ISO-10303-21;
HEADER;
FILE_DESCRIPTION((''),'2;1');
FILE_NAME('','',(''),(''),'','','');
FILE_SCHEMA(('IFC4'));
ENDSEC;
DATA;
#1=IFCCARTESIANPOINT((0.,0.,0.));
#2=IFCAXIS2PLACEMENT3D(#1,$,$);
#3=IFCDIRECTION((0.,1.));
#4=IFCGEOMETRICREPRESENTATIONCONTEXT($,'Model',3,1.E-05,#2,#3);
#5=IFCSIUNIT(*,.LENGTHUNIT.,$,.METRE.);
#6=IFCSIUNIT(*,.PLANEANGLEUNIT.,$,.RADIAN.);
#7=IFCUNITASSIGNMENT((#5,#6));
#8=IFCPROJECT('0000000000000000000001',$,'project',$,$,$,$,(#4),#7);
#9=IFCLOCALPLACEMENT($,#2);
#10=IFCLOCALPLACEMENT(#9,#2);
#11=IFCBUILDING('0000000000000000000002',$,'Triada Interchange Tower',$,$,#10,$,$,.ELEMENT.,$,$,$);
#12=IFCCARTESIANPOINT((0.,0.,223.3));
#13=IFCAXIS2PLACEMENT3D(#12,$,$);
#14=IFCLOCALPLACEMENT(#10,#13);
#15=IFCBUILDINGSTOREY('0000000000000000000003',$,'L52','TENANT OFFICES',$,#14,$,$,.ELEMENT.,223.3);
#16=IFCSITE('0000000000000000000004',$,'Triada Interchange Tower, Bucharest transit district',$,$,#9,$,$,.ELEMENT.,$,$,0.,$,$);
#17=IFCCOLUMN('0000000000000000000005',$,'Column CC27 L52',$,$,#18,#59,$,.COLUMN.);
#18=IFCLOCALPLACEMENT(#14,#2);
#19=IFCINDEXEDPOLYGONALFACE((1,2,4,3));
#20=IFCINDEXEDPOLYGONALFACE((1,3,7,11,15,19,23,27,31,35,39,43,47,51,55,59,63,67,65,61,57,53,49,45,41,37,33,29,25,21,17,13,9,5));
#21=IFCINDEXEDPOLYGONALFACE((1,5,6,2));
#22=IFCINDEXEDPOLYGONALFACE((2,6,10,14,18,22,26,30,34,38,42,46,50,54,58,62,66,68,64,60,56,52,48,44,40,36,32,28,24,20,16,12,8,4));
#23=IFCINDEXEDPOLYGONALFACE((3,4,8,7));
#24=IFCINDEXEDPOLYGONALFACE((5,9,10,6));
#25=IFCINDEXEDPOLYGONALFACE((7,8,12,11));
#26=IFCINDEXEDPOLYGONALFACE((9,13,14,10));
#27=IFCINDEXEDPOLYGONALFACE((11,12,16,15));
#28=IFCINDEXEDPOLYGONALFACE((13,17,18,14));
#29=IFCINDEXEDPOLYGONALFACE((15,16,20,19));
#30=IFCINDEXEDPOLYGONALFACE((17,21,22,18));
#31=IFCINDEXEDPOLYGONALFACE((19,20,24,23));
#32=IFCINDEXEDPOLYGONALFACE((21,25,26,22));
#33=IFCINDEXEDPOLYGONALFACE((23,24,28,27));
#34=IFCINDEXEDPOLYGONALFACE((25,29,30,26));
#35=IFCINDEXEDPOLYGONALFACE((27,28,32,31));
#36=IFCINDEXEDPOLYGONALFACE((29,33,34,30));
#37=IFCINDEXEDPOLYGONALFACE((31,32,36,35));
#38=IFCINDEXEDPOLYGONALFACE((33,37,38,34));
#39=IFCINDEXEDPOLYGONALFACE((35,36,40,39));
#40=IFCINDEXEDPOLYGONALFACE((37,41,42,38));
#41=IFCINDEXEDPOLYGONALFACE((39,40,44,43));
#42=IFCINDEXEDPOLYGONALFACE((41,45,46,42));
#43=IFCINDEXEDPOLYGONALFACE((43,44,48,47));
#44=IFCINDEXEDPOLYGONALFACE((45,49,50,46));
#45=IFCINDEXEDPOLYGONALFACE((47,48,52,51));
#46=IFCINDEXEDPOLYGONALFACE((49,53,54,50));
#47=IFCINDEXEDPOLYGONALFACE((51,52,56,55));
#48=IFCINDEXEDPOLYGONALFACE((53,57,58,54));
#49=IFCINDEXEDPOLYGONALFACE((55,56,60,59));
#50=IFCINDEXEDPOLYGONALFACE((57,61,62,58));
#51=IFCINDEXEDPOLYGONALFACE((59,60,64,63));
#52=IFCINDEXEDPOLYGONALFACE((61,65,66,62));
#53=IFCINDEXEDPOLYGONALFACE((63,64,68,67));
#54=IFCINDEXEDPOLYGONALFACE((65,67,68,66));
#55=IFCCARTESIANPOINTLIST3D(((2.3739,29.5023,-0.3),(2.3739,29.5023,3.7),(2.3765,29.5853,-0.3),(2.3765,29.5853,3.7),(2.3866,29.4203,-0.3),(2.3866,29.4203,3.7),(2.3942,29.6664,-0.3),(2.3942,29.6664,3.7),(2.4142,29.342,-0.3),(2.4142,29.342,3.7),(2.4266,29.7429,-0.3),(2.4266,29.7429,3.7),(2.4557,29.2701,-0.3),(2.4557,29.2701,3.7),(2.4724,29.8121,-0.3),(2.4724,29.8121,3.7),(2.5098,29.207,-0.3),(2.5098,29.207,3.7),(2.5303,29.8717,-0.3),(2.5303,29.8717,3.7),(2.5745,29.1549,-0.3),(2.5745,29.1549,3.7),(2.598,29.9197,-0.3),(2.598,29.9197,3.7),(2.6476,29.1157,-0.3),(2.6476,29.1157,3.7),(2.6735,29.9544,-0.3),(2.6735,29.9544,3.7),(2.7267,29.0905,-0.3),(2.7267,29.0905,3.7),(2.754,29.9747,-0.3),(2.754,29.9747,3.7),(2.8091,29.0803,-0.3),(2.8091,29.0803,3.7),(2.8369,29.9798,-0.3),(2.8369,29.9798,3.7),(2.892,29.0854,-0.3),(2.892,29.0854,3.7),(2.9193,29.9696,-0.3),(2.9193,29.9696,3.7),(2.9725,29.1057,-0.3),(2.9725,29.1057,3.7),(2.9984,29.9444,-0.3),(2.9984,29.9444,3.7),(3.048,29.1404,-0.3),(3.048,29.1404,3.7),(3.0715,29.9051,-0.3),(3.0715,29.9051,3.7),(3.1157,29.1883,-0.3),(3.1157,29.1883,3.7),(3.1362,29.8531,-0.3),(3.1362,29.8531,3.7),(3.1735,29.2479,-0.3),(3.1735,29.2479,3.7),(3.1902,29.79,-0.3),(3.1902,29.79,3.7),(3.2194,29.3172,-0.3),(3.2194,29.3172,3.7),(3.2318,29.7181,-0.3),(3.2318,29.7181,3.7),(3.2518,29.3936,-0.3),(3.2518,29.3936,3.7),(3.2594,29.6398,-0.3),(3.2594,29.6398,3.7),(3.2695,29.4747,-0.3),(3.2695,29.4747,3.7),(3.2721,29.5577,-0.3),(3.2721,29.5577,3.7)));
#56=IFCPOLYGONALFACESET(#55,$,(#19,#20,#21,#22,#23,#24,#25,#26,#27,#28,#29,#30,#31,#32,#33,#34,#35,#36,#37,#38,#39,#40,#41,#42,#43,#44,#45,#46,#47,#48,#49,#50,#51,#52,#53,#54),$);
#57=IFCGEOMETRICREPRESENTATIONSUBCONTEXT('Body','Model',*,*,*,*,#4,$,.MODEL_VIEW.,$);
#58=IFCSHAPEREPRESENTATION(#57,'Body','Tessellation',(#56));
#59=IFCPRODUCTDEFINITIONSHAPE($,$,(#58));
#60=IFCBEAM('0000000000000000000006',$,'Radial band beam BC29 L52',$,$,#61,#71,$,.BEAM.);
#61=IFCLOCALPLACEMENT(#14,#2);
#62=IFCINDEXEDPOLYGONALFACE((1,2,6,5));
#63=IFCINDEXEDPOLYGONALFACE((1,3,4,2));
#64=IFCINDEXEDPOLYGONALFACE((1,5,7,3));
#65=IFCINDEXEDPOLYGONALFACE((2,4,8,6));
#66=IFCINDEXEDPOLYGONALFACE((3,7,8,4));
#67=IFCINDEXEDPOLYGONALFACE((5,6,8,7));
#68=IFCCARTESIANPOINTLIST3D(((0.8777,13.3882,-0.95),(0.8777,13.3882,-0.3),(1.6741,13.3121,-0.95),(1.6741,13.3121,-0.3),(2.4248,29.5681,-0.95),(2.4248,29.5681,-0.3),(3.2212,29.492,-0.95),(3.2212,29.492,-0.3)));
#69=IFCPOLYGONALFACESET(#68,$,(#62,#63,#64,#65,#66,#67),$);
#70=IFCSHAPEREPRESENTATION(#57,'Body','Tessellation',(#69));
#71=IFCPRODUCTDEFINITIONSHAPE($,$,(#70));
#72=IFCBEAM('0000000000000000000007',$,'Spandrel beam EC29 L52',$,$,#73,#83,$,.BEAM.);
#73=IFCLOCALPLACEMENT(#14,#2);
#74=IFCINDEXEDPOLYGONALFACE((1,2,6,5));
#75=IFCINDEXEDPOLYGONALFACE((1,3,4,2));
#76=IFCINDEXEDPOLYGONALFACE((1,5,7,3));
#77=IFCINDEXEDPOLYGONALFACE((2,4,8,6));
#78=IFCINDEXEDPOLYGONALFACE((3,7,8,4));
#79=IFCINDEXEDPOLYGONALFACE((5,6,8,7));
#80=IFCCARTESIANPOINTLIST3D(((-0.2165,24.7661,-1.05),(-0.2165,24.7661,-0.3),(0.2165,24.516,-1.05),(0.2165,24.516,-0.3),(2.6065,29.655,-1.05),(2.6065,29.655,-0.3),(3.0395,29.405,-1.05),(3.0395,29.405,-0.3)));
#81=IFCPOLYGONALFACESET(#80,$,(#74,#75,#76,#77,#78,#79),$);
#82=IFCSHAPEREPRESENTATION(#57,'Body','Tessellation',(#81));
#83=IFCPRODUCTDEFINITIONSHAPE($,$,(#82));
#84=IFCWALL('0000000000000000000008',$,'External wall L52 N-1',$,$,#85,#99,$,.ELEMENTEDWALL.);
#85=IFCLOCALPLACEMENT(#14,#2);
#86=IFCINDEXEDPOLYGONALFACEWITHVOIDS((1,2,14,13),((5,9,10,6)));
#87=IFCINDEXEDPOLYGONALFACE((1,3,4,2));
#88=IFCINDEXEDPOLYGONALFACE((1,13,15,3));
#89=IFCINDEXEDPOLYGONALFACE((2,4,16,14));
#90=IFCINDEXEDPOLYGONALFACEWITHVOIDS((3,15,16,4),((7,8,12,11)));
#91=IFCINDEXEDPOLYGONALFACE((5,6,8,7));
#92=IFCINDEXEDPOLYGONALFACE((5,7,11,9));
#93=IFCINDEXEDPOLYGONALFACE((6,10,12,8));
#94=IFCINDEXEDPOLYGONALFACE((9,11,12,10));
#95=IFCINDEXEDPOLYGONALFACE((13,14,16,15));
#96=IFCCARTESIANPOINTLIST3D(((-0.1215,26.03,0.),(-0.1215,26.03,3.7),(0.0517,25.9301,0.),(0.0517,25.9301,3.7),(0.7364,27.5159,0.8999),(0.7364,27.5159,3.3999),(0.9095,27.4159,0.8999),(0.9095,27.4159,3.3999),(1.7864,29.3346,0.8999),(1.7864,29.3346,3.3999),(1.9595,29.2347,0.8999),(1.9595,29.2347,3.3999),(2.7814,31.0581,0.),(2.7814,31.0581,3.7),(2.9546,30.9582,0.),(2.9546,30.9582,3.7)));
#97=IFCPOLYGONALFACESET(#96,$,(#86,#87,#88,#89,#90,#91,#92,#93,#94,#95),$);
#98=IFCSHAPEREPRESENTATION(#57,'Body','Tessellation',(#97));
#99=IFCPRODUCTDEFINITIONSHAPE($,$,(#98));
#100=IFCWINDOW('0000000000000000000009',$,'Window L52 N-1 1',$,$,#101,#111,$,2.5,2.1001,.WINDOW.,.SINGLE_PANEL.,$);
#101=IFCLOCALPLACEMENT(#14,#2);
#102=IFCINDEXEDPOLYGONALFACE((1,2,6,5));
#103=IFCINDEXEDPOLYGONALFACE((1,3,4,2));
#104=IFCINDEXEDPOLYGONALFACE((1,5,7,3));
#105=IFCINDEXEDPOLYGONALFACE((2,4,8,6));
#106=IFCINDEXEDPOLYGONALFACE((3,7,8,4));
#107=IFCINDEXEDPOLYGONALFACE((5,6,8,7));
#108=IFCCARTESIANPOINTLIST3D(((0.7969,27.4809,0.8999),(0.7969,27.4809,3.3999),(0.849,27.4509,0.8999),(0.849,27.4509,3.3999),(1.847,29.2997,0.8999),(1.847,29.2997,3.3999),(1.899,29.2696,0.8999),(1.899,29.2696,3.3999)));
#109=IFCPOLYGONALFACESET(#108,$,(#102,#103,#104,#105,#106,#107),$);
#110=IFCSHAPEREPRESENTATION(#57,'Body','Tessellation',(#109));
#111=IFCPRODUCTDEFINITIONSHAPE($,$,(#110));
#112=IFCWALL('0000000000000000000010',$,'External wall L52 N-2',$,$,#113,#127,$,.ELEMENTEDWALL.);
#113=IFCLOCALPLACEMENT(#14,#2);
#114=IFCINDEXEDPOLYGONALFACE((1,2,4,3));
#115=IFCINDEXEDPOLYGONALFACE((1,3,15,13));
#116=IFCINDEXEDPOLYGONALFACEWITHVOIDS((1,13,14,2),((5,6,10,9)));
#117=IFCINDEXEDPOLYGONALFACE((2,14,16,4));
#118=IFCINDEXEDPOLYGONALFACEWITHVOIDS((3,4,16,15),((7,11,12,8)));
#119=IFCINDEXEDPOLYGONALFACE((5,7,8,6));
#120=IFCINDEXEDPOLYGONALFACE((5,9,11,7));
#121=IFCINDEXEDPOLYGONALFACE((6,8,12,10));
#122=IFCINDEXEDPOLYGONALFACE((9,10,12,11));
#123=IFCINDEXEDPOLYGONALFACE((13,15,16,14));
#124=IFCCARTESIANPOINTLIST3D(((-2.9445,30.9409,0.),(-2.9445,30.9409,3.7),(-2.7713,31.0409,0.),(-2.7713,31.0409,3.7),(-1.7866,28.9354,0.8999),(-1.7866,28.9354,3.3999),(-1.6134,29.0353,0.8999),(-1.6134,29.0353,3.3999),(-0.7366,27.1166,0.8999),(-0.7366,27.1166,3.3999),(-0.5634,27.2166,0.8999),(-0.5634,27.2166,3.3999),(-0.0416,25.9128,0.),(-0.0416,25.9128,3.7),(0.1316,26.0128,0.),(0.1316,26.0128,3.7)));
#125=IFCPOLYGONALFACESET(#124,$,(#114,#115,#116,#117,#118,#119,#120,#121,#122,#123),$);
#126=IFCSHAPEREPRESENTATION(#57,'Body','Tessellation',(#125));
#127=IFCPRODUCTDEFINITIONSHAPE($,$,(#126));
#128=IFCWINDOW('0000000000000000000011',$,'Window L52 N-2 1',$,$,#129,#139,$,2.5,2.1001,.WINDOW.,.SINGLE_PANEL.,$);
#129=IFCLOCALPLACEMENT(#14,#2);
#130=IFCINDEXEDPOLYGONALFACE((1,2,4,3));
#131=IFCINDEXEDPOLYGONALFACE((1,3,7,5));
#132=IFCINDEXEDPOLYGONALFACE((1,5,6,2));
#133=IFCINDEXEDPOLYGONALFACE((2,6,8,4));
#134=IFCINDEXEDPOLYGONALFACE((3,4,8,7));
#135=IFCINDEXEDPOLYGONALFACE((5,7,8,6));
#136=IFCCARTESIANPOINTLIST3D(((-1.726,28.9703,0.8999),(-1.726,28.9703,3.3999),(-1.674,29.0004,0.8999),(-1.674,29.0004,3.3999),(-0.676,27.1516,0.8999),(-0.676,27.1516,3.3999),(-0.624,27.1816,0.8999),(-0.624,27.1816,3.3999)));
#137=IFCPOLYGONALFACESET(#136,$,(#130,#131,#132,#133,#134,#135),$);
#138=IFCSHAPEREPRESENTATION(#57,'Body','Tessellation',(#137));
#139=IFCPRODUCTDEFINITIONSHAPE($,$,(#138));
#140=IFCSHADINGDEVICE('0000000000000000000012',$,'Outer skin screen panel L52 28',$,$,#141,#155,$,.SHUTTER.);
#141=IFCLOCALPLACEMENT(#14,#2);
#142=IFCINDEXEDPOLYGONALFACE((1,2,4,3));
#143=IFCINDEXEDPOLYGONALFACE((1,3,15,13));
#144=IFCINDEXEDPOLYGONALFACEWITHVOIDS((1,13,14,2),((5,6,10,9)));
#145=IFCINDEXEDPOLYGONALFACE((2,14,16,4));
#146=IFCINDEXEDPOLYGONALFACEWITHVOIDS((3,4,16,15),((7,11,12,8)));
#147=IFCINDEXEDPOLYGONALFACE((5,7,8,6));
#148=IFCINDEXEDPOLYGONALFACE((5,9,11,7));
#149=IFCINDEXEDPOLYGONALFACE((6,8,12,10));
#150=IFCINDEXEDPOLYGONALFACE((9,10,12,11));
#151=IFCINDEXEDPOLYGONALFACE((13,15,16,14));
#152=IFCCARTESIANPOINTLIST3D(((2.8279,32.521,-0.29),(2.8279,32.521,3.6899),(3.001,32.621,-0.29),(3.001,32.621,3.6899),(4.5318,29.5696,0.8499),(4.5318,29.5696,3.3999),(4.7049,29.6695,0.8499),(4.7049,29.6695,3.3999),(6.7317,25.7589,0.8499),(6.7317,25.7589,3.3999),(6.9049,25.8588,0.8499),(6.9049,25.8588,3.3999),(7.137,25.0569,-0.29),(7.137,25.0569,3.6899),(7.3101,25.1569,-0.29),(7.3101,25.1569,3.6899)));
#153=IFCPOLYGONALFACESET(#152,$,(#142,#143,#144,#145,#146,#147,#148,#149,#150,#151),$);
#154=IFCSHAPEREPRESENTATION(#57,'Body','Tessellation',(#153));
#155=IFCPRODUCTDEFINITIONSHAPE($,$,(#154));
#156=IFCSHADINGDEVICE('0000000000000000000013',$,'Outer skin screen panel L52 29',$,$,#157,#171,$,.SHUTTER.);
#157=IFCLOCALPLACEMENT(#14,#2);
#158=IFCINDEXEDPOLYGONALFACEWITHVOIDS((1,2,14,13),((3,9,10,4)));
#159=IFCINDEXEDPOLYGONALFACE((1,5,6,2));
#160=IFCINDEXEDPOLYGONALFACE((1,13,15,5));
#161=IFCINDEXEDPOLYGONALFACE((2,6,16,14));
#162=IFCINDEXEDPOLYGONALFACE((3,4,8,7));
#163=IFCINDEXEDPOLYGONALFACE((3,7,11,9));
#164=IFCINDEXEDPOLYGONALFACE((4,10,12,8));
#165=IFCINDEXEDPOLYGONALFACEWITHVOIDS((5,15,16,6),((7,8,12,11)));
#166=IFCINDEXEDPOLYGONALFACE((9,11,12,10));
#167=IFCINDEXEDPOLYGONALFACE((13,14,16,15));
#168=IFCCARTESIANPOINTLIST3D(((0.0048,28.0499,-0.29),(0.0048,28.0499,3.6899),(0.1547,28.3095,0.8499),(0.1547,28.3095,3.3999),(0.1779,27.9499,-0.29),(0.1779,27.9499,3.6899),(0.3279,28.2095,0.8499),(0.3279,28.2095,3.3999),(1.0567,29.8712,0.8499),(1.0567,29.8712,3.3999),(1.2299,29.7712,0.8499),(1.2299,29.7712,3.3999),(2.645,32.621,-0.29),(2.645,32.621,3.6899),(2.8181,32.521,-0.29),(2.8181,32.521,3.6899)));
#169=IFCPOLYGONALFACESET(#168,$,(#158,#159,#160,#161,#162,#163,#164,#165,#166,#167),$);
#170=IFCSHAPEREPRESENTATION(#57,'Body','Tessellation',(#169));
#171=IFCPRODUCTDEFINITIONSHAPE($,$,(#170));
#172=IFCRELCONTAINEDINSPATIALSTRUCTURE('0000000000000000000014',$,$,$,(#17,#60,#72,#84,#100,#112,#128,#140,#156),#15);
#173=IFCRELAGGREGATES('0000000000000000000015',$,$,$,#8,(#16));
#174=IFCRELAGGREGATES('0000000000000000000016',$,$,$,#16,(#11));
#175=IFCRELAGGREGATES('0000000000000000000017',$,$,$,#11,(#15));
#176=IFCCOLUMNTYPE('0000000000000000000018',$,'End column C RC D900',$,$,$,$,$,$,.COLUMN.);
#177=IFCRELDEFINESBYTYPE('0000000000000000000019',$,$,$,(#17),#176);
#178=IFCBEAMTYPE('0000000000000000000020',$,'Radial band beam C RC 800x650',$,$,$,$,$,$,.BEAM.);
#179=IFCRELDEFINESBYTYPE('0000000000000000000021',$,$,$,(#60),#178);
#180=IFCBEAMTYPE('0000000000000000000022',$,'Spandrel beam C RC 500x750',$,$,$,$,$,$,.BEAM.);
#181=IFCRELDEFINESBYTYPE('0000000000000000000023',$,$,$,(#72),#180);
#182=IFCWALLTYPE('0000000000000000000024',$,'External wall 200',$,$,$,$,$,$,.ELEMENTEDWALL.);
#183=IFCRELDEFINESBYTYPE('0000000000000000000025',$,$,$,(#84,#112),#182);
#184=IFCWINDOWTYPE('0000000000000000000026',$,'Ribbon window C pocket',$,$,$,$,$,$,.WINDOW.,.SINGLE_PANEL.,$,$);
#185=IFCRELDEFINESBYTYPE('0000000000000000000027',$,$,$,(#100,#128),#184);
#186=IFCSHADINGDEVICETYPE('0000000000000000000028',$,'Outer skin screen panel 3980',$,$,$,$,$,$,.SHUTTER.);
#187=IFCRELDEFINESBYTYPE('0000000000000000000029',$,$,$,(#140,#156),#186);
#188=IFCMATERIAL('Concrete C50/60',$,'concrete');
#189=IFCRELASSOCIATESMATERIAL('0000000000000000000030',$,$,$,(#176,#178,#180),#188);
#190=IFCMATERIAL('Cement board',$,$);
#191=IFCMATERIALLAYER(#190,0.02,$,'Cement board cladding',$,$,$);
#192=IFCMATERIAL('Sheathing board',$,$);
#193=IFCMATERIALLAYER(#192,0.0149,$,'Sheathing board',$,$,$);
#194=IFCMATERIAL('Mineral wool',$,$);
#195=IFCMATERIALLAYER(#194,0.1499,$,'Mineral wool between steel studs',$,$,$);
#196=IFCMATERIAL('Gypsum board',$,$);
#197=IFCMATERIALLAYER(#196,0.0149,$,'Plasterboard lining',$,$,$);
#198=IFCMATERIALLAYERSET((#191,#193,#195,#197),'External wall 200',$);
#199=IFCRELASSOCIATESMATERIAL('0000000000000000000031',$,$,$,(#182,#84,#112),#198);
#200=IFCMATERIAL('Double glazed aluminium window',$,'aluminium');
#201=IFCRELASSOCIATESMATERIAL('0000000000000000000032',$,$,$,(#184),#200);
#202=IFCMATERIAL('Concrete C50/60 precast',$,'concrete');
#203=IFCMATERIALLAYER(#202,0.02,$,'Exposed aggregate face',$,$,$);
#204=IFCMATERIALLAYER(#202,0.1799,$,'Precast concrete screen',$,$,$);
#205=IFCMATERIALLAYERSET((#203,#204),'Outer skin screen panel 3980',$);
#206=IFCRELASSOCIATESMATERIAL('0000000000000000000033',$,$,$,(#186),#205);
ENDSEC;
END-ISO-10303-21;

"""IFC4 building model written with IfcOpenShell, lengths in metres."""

from ifc_helpers import new_model, si_unit, direction, frame, frame_2d, origin, origin_2d, place, context, subcontext, project, spatial, polyline, rectangle, circle, outline, extrude, material, layer, layer_set, layer_usage, material_profile, profile_set, type_object, element, fill, save


model = new_model("IFC4")

# Units and contexts
model_context = context("Model", 3, precision=1e-05, world=origin(), true_north=direction((0.0, 1.0)))
body_context = subcontext(model_context, "Body", "Model", "MODEL_VIEW")
ifc_project = project(units=[si_unit("LENGTHUNIT", "METRE"), si_unit("PLANEANGLEUNIT", "RADIAN")], contexts=[model_context])

# Site, building, storey
site_placement = place(None, origin())
site = spatial("IfcSite", under=ifc_project, at=site_placement, Name="Triada Interchange Tower, Bucharest transit district", CompositionType="ELEMENT", RefElevation=0.0)
building_placement = place(site_placement, origin())
building = spatial("IfcBuilding", under=site, at=building_placement, Name="Triada Interchange Tower", CompositionType="ELEMENT")
storey_placement = place(building_placement, frame((0.0, 0.0, 223.3)))
storey = spatial("IfcBuildingStorey", under=building, at=storey_placement, Name="L52", Description="TENANT OFFICES", CompositionType="ELEMENT", Elevation=223.3)

# Column
ifc_material_1 = material(Name="Concrete C50/60", Category="concrete")
ifc_material_profile_1 = material_profile(ifc_material_1, circle(Radius=0.45, at=origin_2d()), Name="RC D900")
ifc_profile_set_1 = profile_set([ifc_material_profile_1], Name="Concrete C50/60")
column_type = type_object("IfcColumnType", Name="End column C RC D900", PredefinedType="COLUMN", material=ifc_profile_set_1)
column_placement = place(storey_placement, frame((2.823, 29.53, -0.3), z_axis=(0.0, 0.0, 1.0), x_axis=(-0.5, 0.866025, 0.0)))
element("IfcColumn", 1, at=column_placement, inside=storey, type_object=column_type, Name="Column CC27 L52", PredefinedType="COLUMN", context=body_context, shape_type="SweptSolid", body=[
    extrude(circle(Radius=0.45, at=origin_2d()), origin(), (0.0, 0.0, 1.0), 4.0),
])

# Beams
ifc_material_profile_2 = material_profile(ifc_material_1, rectangle(XDim=0.8, YDim=0.6499, at=origin_2d()), Name="RC 800x650")
ifc_profile_set_2 = profile_set([ifc_material_profile_2], Name="Concrete C50/60")
beam_type_1 = type_object("IfcBeamType", Name="Radial band beam C RC 800x650", PredefinedType="BEAM", material=ifc_profile_set_2)
beam_1_placement = place(storey_placement, frame((2.823, 29.53, -0.625), z_axis=(-0.095185, -0.99546, 0.0), x_axis=(0.99546, -0.095185, 0.0)))
element("IfcBeam", 2, at=beam_1_placement, inside=storey, type_object=beam_type_1, Name="Radial band beam BC29 L52", PredefinedType="BEAM", context=body_context, shape_type="SweptSolid", body=[
    extrude(rectangle(XDim=0.8, YDim=0.6499, at=origin_2d()), origin(), (0.0, 0.0, 1.0), 16.2537),
])
ifc_material_profile_3 = material_profile(ifc_material_1, rectangle(XDim=0.5, YDim=0.75, at=origin_2d()), Name="RC 500x750")
ifc_profile_set_3 = profile_set([ifc_material_profile_3], Name="Concrete C50/60")
beam_type_2 = type_object("IfcBeamType", Name="Spandrel beam C RC 500x750", PredefinedType="BEAM", material=ifc_profile_set_3)
beam_2_placement = place(storey_placement, frame((2.823, 29.53, -0.675), z_axis=(-0.500051, -0.865996, 0.0), x_axis=(0.865996, -0.500051, 0.0)))
element("IfcBeam", 3, at=beam_2_placement, inside=storey, type_object=beam_type_2, Name="Spandrel beam EC29 L52", PredefinedType="BEAM", context=body_context, shape_type="SweptSolid", body=[
    extrude(rectangle(XDim=0.5, YDim=0.75, at=origin_2d()), origin(), (0.0, 0.0, 1.0), 5.6455),
])

# Walls, openings, windows
ifc_material_2 = material(Name="Cement board")
ifc_layer_1 = layer(ifc_material_2, 0.02, Name="Cement board cladding")
ifc_material_3 = material(Name="Sheathing board")
ifc_layer_2 = layer(ifc_material_3, 0.0149, Name="Sheathing board")
ifc_material_4 = material(Name="Mineral wool")
ifc_layer_3 = layer(ifc_material_4, 0.1499, Name="Mineral wool between steel studs")
ifc_material_5 = material(Name="Gypsum board")
ifc_layer_4 = layer(ifc_material_5, 0.0149, Name="Plasterboard lining")
ifc_layer_set_1 = layer_set([ifc_layer_1, ifc_layer_2, ifc_layer_3, ifc_layer_4], Name="External wall 200")
ifc_layer_usage = layer_usage(ifc_layer_set_1, "AXIS2", "POSITIVE", -0.1001)
wall_type = type_object("IfcWallType", Name="External wall 200", PredefinedType="ELEMENTEDWALL", material=ifc_layer_set_1)
wall_1_placement = place(storey_placement, frame((2.8679, 31.0081, 0.0), z_axis=(0.0, 0.0, 1.0), x_axis=(-0.499983, -0.866035, 0.0)))
wall_1 = element("IfcWall", 4, at=wall_1_placement, inside=storey, type_object=wall_type, material=ifc_layer_usage, Name="External wall L52 N-1", PredefinedType="ELEMENTEDWALL", context=body_context, shape_type="SweptSolid", body=[
    extrude(rectangle(XDim=5.8059, YDim=0.2, at=frame_2d((2.9028, 0.0))), origin(), (0.0, 0.0, 1.0), 3.7),
])
opening_1_placement = place(wall_1_placement, frame((1.99, 0.0, 0.8999)))
opening_1 = element("IfcOpeningElement", 5, at=opening_1_placement, cuts=wall_1, PredefinedType="OPENING", context=body_context, shape_type="SweptSolid", body=[
    extrude(rectangle(XDim=2.1001, YDim=2.5, at=frame_2d((1.05, 1.25))), frame((0.0, 0.1099, 0.0), z_axis=(0.0, -1.0, 0.0), x_axis=(1.0, 0.0, 0.0)), (0.0, 0.0, 1.0), 0.22),
])
ifc_material_6 = material(Name="Double glazed aluminium window", Category="aluminium")
window_type = type_object("IfcWindowType", Name="Ribbon window C pocket", PartitioningType="SINGLE_PANEL", PredefinedType="WINDOW", material=ifc_material_6)
window_1_placement = place(opening_1_placement, origin())
window_1 = element("IfcWindow", 6, at=window_1_placement, inside=storey, type_object=window_type, Name="Window L52 N-1 1", OverallHeight=2.5, OverallWidth=2.1001, PartitioningType="SINGLE_PANEL", PredefinedType="WINDOW", context=body_context, shape_type="SweptSolid", body=[
    extrude(rectangle(XDim=2.1001, YDim=2.5, at=frame_2d((1.05, 1.25))), frame((0.0, 0.03, 0.0), z_axis=(0.0, -1.0, 0.0), x_axis=(1.0, 0.0, 0.0)), (0.0, 0.0, 1.0), 0.0601),
])
fill(opening_1, window_1)
wall_2_placement = place(storey_placement, frame((0.0449, 25.9629, 0.0), z_axis=(0.0, 0.0, 1.0), x_axis=(-0.499983, 0.866035, 0.0)))
wall_2 = element("IfcWall", 7, at=wall_2_placement, inside=storey, type_object=wall_type, material=ifc_layer_usage, Name="External wall L52 N-2", PredefinedType="ELEMENTEDWALL", context=body_context, shape_type="SweptSolid", body=[
    extrude(rectangle(XDim=5.8059, YDim=0.2, at=frame_2d((2.9028, 0.0))), origin(), (0.0, 0.0, 1.0), 3.7),
])
opening_2_placement = place(wall_2_placement, frame((1.3899, 0.0, 0.8999)))
opening_2 = element("IfcOpeningElement", 8, at=opening_2_placement, cuts=wall_2, PredefinedType="OPENING", context=body_context, shape_type="SweptSolid", body=[
    extrude(rectangle(XDim=2.1001, YDim=2.5, at=frame_2d((1.05, 1.25))), frame((0.0, 0.1099, 0.0), z_axis=(0.0, -1.0, 0.0), x_axis=(1.0, 0.0, 0.0)), (0.0, 0.0, 1.0), 0.22),
])
window_2_placement = place(opening_2_placement, origin())
window_2 = element("IfcWindow", 9, at=window_2_placement, inside=storey, type_object=window_type, Name="Window L52 N-2 1", OverallHeight=2.5, OverallWidth=2.1001, PartitioningType="SINGLE_PANEL", PredefinedType="WINDOW", context=body_context, shape_type="SweptSolid", body=[
    extrude(rectangle(XDim=2.1001, YDim=2.5, at=frame_2d((1.05, 1.25))), frame((0.0, 0.03, 0.0), z_axis=(0.0, -1.0, 0.0), x_axis=(1.0, 0.0, 0.0)), (0.0, 0.0, 1.0), 0.0601),
])
fill(opening_2, window_2)

# Shading devices
ifc_material_7 = material(Name="Concrete C50/60 precast", Category="concrete")
ifc_layer_5 = layer(ifc_material_7, 0.02, Name="Exposed aggregate face")
ifc_layer_6 = layer(ifc_material_7, 0.1799, Name="Precast concrete screen")
ifc_layer_set_2 = layer_set([ifc_layer_5, ifc_layer_6], Name="Outer skin screen panel 3980")
shading_device_type = type_object("IfcShadingDeviceType", Name="Outer skin screen panel 3980", PredefinedType="SHUTTER", material=ifc_layer_set_2)
shading_device_1_placement = place(storey_placement, frame((7.137, 25.0569, -0.29), z_axis=(0.0, 0.0, 1.0), x_axis=(-0.499972, 0.866042, 0.0)))
element("IfcShadingDevice", 10, at=shading_device_1_placement, inside=storey, type_object=shading_device_type, Name="Outer skin screen panel L52 28", PredefinedType="SHUTTER", context=body_context, shape_type="SweptSolid", body=[
    extrude(outline(polyline([(0.0, 0.0), (8.6187, 0.0), (8.6187, 3.98), (0.0, 3.98), (0.0, 0.0)]), holes=[polyline([(0.8105, 1.1399), (0.8105, 3.6899), (5.2107, 3.6899), (5.2107, 1.1399), (0.8105, 1.1399)])]), frame((0.0, 0.0, 0.0), z_axis=(0.0, -1.0, 0.0), x_axis=(1.0, 0.0, 0.0)), (0.0, 0.0, 1.0), 0.2),
])
shading_device_2_placement = place(storey_placement, frame((2.8181, 32.521, -0.29), z_axis=(0.0, 0.0, 1.0), x_axis=(-0.500148, -0.86594, 0.0)))
element("IfcShadingDevice", 11, at=shading_device_2_placement, inside=storey, type_object=shading_device_type, Name="Outer skin screen panel L52 29", PredefinedType="SHUTTER", context=body_context, shape_type="SweptSolid", body=[
    extrude(outline(polyline([(0.0, 0.0), (5.2788, 0.0), (5.2788, 3.98), (0.0, 3.98), (0.0, 0.0)]), holes=[polyline([(3.1755, 1.1399), (3.1755, 3.6899), (4.979, 3.6899), (4.979, 1.1399), (3.1755, 1.1399)])]), frame((0.0, 0.0, 0.0), z_axis=(0.0, -1.0, 0.0), x_axis=(1.0, 0.0, 0.0)), (0.0, 0.0, 1.0), 0.2),
])

save(model, "model.ifc")
